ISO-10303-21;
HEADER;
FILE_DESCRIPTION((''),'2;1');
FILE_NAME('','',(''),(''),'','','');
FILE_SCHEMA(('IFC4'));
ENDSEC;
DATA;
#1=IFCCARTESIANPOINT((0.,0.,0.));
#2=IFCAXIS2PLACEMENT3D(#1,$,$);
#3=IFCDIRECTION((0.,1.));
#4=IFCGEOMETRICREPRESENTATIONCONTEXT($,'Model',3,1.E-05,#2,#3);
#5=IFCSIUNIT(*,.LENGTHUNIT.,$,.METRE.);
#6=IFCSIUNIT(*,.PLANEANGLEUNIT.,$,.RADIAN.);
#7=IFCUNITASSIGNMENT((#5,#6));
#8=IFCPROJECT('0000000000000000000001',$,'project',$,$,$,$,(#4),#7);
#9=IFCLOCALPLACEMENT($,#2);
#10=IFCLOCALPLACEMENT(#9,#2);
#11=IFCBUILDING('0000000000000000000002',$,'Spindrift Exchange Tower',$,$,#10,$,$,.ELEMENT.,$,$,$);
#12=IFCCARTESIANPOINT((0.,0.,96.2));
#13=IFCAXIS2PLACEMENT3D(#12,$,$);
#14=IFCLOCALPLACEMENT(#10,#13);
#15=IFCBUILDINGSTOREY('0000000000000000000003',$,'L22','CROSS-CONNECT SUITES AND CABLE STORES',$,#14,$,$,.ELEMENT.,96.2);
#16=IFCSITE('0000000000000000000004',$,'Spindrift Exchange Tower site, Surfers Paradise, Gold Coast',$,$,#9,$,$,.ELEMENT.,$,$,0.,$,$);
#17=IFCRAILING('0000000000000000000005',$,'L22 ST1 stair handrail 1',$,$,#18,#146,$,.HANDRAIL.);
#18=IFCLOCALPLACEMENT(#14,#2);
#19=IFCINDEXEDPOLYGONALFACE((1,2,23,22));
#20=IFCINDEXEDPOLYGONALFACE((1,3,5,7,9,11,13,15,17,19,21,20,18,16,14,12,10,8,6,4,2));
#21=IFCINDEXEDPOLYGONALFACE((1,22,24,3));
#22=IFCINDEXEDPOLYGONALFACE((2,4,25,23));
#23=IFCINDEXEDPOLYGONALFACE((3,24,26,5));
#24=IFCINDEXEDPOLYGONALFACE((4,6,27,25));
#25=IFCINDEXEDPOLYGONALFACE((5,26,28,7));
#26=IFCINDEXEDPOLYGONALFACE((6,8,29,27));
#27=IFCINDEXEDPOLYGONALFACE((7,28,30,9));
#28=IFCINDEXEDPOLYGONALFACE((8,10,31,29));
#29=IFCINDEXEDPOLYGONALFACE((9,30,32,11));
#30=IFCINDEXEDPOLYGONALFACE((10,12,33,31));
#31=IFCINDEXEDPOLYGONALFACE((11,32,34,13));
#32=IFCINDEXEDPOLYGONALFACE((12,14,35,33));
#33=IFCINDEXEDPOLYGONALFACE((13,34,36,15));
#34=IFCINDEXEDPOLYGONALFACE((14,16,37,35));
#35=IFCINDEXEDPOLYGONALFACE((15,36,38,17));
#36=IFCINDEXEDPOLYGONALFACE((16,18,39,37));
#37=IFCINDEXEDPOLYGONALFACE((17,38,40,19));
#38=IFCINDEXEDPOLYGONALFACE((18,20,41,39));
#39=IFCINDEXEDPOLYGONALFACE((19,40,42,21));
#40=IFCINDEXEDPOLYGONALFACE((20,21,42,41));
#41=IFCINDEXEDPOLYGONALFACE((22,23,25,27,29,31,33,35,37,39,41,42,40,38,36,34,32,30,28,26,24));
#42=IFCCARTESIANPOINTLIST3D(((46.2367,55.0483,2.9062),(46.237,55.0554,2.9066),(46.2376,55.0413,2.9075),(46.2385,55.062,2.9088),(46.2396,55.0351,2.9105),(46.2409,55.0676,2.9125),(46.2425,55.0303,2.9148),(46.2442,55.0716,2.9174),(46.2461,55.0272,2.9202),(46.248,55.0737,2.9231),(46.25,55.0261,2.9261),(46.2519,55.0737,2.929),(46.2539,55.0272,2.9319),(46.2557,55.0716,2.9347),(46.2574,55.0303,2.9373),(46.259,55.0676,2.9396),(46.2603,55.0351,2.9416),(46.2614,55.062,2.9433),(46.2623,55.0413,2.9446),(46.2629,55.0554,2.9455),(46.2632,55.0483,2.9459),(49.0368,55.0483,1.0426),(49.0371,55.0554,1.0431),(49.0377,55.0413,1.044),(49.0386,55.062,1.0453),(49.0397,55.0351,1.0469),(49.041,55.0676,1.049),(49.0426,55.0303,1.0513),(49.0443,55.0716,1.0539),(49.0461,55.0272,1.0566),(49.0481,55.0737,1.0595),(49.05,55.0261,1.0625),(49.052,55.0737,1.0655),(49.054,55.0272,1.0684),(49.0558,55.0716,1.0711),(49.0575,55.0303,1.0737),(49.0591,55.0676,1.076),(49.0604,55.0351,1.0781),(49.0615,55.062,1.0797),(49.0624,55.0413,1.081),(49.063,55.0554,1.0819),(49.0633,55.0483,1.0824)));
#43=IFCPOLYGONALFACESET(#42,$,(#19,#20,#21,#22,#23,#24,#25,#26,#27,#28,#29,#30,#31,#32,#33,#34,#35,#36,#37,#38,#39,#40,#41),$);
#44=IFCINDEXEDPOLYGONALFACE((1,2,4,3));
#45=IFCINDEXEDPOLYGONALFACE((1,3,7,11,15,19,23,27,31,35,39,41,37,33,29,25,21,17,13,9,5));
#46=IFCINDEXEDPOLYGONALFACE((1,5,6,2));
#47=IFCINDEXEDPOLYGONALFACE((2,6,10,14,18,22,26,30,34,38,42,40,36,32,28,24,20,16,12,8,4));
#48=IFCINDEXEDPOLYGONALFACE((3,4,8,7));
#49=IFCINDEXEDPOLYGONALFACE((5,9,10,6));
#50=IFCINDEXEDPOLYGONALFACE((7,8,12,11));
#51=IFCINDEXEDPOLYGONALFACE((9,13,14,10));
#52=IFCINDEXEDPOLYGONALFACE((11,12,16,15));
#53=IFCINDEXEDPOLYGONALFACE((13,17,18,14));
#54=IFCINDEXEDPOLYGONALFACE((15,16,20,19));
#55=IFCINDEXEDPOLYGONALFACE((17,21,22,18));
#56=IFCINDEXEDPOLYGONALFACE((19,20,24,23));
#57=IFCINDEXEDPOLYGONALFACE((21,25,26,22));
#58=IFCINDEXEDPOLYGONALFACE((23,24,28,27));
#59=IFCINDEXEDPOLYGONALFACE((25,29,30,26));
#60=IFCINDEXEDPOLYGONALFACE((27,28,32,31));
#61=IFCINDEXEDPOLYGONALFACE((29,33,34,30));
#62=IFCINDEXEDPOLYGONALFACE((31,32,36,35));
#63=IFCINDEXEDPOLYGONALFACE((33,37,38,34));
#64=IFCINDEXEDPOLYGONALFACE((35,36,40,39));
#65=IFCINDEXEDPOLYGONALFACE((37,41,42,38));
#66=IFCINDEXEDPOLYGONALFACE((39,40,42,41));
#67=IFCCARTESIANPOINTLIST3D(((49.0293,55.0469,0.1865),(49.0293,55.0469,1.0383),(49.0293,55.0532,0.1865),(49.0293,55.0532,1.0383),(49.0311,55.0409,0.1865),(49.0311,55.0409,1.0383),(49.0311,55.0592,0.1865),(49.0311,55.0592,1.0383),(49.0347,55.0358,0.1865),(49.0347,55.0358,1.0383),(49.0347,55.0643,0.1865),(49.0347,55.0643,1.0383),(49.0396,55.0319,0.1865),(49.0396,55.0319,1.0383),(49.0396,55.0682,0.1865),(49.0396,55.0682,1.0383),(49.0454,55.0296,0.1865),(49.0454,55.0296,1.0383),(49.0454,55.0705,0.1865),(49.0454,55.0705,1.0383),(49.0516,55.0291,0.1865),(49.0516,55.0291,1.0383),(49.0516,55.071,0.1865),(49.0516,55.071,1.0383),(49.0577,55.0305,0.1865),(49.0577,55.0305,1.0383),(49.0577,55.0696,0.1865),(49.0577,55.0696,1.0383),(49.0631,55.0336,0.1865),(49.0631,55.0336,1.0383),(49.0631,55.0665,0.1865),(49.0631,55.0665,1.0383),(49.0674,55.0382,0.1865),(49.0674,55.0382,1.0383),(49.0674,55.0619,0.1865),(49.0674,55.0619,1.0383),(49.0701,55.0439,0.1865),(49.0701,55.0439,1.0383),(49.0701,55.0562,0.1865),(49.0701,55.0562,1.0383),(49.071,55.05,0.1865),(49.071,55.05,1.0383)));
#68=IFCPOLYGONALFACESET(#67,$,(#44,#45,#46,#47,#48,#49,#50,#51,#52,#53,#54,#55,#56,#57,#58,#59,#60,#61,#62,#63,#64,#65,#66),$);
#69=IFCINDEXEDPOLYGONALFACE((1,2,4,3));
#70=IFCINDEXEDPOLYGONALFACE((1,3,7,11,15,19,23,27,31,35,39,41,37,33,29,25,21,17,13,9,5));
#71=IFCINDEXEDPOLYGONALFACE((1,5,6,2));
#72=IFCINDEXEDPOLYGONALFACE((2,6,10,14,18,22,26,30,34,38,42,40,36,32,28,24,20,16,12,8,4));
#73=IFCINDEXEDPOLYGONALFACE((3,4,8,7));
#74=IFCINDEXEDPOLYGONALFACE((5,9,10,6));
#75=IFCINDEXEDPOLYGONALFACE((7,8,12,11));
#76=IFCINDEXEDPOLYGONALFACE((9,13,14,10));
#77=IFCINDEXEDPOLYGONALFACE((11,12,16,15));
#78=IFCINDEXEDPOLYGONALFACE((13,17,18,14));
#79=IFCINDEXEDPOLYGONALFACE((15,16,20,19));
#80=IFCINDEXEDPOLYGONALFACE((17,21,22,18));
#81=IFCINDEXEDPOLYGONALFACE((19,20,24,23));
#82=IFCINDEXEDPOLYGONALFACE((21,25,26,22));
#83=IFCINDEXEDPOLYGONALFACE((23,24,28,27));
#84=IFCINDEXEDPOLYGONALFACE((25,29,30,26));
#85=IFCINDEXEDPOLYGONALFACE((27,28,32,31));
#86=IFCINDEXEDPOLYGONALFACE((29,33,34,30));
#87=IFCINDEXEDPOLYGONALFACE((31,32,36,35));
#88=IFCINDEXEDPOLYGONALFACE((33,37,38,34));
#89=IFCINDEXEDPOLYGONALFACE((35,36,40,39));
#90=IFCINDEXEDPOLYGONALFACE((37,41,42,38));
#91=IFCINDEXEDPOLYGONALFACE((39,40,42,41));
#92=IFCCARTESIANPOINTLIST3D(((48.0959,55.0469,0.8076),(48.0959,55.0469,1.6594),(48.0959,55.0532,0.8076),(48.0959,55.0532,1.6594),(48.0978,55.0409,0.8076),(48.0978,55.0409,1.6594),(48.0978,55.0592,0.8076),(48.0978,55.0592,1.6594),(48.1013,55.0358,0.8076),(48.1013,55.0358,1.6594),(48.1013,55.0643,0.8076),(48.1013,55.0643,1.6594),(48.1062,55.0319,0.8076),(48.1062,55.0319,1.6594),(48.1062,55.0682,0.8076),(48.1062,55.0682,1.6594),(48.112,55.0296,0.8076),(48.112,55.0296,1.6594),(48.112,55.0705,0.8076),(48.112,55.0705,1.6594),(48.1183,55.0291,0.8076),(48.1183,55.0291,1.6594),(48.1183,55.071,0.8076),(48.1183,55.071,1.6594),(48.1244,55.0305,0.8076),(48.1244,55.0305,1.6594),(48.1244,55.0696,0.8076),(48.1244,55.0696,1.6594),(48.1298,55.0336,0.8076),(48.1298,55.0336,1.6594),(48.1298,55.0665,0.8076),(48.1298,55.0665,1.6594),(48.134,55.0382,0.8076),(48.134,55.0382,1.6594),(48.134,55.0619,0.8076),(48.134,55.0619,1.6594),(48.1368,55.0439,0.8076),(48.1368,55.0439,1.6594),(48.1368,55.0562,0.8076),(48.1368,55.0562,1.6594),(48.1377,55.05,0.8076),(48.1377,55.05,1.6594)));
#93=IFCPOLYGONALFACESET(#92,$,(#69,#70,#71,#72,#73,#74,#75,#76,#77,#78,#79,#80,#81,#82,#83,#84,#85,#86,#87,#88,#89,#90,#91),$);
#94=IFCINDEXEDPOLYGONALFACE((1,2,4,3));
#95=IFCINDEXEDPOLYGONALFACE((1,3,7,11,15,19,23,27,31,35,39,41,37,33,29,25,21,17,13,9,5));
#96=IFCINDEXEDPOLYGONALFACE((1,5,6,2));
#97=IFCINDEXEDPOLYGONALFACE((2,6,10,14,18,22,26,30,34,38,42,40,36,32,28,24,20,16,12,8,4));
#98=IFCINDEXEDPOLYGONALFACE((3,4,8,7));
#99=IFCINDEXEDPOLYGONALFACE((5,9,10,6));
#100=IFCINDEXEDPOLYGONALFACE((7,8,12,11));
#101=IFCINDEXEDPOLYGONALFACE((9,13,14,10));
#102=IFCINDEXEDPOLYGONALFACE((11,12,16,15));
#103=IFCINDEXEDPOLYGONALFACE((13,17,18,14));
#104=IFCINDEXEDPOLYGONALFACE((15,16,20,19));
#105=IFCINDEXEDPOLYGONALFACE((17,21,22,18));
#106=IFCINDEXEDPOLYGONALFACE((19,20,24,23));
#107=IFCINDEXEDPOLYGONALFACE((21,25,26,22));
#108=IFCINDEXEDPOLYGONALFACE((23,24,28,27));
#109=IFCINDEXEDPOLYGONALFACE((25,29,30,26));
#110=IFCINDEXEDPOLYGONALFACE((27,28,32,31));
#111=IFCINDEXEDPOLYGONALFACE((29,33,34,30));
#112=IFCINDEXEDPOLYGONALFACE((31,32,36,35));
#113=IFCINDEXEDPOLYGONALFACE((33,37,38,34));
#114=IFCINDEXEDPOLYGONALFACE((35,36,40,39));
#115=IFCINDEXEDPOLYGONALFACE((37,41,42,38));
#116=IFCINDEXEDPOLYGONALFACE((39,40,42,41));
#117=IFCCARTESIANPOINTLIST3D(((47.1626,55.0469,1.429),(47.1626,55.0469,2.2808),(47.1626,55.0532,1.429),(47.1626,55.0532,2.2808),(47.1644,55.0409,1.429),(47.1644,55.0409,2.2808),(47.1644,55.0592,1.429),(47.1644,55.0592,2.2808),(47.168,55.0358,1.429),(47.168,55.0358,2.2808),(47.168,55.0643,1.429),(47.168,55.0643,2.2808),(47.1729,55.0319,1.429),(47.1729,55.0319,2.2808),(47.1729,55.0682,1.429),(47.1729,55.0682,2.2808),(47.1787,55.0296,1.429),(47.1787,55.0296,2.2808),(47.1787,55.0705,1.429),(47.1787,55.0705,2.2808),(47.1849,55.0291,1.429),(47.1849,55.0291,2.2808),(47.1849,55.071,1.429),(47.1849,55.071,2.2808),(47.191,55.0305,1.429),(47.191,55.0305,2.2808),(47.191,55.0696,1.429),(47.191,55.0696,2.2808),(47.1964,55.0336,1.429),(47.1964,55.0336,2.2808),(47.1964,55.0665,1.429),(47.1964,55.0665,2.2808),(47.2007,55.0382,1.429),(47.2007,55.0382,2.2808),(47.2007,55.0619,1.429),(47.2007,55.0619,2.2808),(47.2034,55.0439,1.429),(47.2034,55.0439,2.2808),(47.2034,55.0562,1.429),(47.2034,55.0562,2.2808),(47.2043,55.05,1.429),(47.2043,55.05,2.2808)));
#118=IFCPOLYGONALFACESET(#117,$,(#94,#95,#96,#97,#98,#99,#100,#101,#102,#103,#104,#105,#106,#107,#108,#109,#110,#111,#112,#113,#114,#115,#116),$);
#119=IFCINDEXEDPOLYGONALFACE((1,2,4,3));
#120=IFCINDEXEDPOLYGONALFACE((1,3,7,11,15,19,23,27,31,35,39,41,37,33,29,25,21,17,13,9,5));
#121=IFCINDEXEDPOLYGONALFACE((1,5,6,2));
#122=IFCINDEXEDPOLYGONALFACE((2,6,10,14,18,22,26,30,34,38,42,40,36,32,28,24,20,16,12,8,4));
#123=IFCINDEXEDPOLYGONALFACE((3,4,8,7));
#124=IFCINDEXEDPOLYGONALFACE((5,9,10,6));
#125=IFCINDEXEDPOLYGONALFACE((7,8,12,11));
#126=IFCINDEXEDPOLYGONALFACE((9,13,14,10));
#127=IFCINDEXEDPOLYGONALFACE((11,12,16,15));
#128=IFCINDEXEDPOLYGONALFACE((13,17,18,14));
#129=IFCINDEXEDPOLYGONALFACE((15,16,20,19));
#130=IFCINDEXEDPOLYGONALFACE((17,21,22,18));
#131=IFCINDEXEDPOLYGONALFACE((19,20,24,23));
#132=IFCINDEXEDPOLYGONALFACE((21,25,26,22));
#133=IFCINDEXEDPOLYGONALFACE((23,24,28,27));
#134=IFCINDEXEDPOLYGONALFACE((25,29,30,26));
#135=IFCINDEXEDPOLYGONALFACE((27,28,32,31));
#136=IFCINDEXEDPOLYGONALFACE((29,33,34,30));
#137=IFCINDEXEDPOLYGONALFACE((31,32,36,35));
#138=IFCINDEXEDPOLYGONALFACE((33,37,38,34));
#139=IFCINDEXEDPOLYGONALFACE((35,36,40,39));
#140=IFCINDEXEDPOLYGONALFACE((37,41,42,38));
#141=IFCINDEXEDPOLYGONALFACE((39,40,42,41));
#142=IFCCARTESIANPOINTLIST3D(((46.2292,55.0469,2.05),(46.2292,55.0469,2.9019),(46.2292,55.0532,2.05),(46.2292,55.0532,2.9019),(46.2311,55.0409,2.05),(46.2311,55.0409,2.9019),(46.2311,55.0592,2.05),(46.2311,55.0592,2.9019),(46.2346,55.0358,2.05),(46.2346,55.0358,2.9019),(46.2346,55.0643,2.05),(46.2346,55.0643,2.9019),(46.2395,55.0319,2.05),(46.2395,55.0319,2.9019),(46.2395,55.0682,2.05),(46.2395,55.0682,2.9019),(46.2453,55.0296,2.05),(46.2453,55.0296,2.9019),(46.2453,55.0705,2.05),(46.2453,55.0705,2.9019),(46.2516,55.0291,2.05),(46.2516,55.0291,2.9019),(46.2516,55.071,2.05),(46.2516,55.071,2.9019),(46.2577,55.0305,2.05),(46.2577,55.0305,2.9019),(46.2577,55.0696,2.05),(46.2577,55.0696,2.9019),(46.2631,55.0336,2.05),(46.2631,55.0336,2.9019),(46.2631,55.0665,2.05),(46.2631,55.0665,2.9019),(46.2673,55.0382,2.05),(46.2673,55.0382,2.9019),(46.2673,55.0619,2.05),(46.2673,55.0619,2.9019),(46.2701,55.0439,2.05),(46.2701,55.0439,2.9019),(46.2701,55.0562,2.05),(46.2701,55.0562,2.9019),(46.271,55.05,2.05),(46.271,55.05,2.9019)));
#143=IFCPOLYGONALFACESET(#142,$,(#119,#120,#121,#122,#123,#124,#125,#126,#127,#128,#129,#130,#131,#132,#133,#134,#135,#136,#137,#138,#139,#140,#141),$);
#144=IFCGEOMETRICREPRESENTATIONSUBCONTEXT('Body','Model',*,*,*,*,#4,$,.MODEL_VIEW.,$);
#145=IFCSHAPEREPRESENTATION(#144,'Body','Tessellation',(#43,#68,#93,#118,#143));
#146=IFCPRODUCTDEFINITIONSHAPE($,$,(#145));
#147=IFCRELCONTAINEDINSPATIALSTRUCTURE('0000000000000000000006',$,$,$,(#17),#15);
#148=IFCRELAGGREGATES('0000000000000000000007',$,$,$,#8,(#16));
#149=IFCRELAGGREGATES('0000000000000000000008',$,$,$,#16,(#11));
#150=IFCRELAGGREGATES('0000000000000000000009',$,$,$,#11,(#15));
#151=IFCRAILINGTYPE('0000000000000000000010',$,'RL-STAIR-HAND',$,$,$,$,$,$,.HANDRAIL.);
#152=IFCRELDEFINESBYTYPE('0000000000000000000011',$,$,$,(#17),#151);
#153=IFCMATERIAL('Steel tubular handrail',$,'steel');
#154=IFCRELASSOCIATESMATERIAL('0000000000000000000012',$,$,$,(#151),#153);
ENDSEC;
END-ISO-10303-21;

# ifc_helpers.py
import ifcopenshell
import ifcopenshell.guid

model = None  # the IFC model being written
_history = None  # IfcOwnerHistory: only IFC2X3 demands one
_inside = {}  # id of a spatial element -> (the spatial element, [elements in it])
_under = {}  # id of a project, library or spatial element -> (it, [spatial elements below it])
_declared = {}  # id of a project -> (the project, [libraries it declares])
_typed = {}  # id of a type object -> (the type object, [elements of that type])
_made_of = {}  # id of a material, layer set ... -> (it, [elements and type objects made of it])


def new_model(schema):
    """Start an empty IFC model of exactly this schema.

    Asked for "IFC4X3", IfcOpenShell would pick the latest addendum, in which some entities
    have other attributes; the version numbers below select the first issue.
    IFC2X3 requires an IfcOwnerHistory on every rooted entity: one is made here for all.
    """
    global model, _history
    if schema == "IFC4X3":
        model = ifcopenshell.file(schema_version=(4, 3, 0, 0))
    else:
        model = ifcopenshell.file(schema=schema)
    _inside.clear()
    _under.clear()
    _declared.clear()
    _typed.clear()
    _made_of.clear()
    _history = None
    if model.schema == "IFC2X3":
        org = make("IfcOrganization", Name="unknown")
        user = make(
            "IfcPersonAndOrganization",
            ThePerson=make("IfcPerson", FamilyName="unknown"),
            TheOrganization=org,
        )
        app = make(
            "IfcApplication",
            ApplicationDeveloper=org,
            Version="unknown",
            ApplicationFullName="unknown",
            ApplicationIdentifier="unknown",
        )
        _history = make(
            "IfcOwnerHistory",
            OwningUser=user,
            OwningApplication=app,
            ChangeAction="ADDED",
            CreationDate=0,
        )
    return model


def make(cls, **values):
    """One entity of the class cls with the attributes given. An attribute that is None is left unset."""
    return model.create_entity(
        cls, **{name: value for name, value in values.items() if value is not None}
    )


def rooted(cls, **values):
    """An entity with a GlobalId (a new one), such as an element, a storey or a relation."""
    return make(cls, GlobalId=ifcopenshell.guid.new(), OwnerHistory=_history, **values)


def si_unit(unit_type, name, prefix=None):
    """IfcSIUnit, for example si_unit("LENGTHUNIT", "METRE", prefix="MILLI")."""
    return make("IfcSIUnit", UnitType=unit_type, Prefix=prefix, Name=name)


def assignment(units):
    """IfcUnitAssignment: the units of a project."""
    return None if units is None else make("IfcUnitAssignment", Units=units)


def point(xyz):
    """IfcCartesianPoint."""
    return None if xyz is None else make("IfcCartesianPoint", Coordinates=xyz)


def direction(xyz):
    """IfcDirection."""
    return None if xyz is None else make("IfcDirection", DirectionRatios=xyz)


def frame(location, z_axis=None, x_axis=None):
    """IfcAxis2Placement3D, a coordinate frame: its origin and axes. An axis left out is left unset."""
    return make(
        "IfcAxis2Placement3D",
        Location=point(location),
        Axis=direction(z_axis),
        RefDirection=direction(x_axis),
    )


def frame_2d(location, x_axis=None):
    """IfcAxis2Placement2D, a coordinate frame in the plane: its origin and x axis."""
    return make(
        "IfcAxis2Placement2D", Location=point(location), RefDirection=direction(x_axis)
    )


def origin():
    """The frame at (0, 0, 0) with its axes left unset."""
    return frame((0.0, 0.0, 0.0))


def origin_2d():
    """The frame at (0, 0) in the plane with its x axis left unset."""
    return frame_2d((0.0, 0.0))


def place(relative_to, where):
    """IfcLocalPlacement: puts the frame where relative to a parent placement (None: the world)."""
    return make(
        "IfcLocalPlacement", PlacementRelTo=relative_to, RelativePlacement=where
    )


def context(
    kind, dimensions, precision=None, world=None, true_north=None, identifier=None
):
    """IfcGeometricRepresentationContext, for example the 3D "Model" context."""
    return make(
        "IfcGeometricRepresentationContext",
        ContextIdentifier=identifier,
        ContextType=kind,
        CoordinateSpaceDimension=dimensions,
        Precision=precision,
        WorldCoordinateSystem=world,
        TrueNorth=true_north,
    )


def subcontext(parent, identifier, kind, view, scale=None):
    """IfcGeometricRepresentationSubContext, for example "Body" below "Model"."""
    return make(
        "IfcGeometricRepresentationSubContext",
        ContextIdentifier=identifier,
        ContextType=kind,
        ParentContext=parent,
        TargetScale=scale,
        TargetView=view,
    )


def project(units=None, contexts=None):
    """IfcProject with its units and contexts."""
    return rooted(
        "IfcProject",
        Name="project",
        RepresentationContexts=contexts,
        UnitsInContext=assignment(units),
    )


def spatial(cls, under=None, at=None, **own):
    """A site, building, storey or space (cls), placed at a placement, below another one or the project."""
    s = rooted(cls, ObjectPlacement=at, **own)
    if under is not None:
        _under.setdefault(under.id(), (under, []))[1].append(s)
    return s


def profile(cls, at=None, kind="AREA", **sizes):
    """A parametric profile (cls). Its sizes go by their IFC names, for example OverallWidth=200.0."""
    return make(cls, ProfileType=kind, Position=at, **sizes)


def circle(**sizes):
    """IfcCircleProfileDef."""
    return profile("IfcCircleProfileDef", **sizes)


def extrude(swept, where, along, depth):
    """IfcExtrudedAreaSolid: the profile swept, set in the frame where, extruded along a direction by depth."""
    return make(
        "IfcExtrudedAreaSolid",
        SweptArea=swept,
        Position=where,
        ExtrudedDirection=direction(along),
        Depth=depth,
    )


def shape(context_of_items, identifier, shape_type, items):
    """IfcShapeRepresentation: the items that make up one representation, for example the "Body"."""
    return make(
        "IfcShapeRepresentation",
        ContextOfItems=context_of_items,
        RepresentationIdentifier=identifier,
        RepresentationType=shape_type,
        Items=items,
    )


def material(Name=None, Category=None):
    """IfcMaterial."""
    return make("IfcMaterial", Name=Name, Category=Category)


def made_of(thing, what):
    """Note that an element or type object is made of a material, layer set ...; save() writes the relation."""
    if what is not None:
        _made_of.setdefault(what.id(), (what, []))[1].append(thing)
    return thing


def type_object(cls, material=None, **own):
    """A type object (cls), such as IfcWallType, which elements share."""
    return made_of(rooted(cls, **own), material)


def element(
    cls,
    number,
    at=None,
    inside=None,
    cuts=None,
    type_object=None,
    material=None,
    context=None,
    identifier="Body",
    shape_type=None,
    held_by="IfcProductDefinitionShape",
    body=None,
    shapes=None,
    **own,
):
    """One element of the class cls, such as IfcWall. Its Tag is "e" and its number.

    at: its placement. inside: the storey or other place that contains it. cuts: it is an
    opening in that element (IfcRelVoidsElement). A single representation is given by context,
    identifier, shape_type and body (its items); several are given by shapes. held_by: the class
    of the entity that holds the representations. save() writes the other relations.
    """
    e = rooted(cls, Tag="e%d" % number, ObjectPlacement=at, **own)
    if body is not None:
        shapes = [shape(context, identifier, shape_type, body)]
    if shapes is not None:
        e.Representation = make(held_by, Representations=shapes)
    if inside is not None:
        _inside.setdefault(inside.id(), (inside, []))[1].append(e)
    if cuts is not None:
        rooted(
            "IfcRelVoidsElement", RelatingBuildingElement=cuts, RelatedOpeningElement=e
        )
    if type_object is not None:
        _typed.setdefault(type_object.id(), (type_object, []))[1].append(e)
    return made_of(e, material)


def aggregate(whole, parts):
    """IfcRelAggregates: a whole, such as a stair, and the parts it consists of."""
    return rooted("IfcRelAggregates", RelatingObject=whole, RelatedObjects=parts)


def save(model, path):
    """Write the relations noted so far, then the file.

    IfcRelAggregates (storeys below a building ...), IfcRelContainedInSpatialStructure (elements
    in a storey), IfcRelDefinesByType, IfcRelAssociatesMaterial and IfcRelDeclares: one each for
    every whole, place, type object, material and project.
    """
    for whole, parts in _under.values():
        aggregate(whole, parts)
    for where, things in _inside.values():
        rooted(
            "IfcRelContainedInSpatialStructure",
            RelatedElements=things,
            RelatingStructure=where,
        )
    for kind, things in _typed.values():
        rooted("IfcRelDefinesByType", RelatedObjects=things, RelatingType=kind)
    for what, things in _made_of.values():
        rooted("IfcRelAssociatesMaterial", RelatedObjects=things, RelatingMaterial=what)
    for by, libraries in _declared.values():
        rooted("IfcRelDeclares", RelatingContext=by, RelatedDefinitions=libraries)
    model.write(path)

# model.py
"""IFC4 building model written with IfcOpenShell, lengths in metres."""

from ifc_helpers import new_model, si_unit, direction, frame, origin, origin_2d, place, context, subcontext, project, spatial, circle, extrude, material, type_object, element, save


model = new_model("IFC4")

# Units and contexts
model_context = context("Model", 3, precision=1e-05, world=origin(), true_north=direction((0.0, 1.0)))
body_context = subcontext(model_context, "Body", "Model", "MODEL_VIEW")
ifc_project = project(units=[si_unit("LENGTHUNIT", "METRE"), si_unit("PLANEANGLEUNIT", "RADIAN")], contexts=[model_context])

# Site, building, storey
site_placement = place(None, origin())
site = spatial("IfcSite", under=ifc_project, at=site_placement, Name="Spindrift Exchange Tower site, Surfers Paradise, Gold Coast", CompositionType="ELEMENT", RefElevation=0.0)
building_placement = place(site_placement, origin())
building = spatial("IfcBuilding", under=site, at=building_placement, Name="Spindrift Exchange Tower", CompositionType="ELEMENT")
storey_placement = place(building_placement, frame((0.0, 0.0, 96.2)))
storey = spatial("IfcBuildingStorey", under=building, at=storey_placement, Name="L22", Description="CROSS-CONNECT SUITES AND CABLE STORES", CompositionType="ELEMENT", Elevation=96.2)

# Railing
ifc_material_1 = material(Name="Steel tubular handrail", Category="steel")
railing_type_1 = type_object("IfcRailingType", Name="RL-STAIR-HAND", PredefinedType="HANDRAIL", material=ifc_material_1)
railing_1_placement = place(storey_placement, frame((49.05, 55.05, 0.1865)))
element("IfcRailing", 1, at=railing_1_placement, inside=storey, type_object=railing_type_1, Name="L22 ST1 stair handrail 1", PredefinedType="HANDRAIL", context=body_context, shape_type="SweptSolid", body=[
    extrude(circle(Radius=0.0239, at=origin_2d()), frame((0.0, 0.0, 0.876), z_axis=(-0.832486, 0.0, 0.554047), x_axis=(0.0, -1.0, 0.0)), (0.0, 0.0, 1.0), 3.3635),
    extrude(circle(Radius=0.021, at=origin_2d()), origin(), (0.0, 0.0, 1.0), 0.8518),
    extrude(circle(Radius=0.021, at=origin_2d()), frame((-0.9333, 0.0, 0.6211)), (0.0, 0.0, 1.0), 0.8518),
    extrude(circle(Radius=0.021, at=origin_2d()), frame((-1.8667, 0.0, 1.2424)), (0.0, 0.0, 1.0), 0.8518),
    extrude(circle(Radius=0.021, at=origin_2d()), frame((-2.8, 0.0, 1.8635)), (0.0, 0.0, 1.0), 0.8518),
])

save(model, "model.ifc")
